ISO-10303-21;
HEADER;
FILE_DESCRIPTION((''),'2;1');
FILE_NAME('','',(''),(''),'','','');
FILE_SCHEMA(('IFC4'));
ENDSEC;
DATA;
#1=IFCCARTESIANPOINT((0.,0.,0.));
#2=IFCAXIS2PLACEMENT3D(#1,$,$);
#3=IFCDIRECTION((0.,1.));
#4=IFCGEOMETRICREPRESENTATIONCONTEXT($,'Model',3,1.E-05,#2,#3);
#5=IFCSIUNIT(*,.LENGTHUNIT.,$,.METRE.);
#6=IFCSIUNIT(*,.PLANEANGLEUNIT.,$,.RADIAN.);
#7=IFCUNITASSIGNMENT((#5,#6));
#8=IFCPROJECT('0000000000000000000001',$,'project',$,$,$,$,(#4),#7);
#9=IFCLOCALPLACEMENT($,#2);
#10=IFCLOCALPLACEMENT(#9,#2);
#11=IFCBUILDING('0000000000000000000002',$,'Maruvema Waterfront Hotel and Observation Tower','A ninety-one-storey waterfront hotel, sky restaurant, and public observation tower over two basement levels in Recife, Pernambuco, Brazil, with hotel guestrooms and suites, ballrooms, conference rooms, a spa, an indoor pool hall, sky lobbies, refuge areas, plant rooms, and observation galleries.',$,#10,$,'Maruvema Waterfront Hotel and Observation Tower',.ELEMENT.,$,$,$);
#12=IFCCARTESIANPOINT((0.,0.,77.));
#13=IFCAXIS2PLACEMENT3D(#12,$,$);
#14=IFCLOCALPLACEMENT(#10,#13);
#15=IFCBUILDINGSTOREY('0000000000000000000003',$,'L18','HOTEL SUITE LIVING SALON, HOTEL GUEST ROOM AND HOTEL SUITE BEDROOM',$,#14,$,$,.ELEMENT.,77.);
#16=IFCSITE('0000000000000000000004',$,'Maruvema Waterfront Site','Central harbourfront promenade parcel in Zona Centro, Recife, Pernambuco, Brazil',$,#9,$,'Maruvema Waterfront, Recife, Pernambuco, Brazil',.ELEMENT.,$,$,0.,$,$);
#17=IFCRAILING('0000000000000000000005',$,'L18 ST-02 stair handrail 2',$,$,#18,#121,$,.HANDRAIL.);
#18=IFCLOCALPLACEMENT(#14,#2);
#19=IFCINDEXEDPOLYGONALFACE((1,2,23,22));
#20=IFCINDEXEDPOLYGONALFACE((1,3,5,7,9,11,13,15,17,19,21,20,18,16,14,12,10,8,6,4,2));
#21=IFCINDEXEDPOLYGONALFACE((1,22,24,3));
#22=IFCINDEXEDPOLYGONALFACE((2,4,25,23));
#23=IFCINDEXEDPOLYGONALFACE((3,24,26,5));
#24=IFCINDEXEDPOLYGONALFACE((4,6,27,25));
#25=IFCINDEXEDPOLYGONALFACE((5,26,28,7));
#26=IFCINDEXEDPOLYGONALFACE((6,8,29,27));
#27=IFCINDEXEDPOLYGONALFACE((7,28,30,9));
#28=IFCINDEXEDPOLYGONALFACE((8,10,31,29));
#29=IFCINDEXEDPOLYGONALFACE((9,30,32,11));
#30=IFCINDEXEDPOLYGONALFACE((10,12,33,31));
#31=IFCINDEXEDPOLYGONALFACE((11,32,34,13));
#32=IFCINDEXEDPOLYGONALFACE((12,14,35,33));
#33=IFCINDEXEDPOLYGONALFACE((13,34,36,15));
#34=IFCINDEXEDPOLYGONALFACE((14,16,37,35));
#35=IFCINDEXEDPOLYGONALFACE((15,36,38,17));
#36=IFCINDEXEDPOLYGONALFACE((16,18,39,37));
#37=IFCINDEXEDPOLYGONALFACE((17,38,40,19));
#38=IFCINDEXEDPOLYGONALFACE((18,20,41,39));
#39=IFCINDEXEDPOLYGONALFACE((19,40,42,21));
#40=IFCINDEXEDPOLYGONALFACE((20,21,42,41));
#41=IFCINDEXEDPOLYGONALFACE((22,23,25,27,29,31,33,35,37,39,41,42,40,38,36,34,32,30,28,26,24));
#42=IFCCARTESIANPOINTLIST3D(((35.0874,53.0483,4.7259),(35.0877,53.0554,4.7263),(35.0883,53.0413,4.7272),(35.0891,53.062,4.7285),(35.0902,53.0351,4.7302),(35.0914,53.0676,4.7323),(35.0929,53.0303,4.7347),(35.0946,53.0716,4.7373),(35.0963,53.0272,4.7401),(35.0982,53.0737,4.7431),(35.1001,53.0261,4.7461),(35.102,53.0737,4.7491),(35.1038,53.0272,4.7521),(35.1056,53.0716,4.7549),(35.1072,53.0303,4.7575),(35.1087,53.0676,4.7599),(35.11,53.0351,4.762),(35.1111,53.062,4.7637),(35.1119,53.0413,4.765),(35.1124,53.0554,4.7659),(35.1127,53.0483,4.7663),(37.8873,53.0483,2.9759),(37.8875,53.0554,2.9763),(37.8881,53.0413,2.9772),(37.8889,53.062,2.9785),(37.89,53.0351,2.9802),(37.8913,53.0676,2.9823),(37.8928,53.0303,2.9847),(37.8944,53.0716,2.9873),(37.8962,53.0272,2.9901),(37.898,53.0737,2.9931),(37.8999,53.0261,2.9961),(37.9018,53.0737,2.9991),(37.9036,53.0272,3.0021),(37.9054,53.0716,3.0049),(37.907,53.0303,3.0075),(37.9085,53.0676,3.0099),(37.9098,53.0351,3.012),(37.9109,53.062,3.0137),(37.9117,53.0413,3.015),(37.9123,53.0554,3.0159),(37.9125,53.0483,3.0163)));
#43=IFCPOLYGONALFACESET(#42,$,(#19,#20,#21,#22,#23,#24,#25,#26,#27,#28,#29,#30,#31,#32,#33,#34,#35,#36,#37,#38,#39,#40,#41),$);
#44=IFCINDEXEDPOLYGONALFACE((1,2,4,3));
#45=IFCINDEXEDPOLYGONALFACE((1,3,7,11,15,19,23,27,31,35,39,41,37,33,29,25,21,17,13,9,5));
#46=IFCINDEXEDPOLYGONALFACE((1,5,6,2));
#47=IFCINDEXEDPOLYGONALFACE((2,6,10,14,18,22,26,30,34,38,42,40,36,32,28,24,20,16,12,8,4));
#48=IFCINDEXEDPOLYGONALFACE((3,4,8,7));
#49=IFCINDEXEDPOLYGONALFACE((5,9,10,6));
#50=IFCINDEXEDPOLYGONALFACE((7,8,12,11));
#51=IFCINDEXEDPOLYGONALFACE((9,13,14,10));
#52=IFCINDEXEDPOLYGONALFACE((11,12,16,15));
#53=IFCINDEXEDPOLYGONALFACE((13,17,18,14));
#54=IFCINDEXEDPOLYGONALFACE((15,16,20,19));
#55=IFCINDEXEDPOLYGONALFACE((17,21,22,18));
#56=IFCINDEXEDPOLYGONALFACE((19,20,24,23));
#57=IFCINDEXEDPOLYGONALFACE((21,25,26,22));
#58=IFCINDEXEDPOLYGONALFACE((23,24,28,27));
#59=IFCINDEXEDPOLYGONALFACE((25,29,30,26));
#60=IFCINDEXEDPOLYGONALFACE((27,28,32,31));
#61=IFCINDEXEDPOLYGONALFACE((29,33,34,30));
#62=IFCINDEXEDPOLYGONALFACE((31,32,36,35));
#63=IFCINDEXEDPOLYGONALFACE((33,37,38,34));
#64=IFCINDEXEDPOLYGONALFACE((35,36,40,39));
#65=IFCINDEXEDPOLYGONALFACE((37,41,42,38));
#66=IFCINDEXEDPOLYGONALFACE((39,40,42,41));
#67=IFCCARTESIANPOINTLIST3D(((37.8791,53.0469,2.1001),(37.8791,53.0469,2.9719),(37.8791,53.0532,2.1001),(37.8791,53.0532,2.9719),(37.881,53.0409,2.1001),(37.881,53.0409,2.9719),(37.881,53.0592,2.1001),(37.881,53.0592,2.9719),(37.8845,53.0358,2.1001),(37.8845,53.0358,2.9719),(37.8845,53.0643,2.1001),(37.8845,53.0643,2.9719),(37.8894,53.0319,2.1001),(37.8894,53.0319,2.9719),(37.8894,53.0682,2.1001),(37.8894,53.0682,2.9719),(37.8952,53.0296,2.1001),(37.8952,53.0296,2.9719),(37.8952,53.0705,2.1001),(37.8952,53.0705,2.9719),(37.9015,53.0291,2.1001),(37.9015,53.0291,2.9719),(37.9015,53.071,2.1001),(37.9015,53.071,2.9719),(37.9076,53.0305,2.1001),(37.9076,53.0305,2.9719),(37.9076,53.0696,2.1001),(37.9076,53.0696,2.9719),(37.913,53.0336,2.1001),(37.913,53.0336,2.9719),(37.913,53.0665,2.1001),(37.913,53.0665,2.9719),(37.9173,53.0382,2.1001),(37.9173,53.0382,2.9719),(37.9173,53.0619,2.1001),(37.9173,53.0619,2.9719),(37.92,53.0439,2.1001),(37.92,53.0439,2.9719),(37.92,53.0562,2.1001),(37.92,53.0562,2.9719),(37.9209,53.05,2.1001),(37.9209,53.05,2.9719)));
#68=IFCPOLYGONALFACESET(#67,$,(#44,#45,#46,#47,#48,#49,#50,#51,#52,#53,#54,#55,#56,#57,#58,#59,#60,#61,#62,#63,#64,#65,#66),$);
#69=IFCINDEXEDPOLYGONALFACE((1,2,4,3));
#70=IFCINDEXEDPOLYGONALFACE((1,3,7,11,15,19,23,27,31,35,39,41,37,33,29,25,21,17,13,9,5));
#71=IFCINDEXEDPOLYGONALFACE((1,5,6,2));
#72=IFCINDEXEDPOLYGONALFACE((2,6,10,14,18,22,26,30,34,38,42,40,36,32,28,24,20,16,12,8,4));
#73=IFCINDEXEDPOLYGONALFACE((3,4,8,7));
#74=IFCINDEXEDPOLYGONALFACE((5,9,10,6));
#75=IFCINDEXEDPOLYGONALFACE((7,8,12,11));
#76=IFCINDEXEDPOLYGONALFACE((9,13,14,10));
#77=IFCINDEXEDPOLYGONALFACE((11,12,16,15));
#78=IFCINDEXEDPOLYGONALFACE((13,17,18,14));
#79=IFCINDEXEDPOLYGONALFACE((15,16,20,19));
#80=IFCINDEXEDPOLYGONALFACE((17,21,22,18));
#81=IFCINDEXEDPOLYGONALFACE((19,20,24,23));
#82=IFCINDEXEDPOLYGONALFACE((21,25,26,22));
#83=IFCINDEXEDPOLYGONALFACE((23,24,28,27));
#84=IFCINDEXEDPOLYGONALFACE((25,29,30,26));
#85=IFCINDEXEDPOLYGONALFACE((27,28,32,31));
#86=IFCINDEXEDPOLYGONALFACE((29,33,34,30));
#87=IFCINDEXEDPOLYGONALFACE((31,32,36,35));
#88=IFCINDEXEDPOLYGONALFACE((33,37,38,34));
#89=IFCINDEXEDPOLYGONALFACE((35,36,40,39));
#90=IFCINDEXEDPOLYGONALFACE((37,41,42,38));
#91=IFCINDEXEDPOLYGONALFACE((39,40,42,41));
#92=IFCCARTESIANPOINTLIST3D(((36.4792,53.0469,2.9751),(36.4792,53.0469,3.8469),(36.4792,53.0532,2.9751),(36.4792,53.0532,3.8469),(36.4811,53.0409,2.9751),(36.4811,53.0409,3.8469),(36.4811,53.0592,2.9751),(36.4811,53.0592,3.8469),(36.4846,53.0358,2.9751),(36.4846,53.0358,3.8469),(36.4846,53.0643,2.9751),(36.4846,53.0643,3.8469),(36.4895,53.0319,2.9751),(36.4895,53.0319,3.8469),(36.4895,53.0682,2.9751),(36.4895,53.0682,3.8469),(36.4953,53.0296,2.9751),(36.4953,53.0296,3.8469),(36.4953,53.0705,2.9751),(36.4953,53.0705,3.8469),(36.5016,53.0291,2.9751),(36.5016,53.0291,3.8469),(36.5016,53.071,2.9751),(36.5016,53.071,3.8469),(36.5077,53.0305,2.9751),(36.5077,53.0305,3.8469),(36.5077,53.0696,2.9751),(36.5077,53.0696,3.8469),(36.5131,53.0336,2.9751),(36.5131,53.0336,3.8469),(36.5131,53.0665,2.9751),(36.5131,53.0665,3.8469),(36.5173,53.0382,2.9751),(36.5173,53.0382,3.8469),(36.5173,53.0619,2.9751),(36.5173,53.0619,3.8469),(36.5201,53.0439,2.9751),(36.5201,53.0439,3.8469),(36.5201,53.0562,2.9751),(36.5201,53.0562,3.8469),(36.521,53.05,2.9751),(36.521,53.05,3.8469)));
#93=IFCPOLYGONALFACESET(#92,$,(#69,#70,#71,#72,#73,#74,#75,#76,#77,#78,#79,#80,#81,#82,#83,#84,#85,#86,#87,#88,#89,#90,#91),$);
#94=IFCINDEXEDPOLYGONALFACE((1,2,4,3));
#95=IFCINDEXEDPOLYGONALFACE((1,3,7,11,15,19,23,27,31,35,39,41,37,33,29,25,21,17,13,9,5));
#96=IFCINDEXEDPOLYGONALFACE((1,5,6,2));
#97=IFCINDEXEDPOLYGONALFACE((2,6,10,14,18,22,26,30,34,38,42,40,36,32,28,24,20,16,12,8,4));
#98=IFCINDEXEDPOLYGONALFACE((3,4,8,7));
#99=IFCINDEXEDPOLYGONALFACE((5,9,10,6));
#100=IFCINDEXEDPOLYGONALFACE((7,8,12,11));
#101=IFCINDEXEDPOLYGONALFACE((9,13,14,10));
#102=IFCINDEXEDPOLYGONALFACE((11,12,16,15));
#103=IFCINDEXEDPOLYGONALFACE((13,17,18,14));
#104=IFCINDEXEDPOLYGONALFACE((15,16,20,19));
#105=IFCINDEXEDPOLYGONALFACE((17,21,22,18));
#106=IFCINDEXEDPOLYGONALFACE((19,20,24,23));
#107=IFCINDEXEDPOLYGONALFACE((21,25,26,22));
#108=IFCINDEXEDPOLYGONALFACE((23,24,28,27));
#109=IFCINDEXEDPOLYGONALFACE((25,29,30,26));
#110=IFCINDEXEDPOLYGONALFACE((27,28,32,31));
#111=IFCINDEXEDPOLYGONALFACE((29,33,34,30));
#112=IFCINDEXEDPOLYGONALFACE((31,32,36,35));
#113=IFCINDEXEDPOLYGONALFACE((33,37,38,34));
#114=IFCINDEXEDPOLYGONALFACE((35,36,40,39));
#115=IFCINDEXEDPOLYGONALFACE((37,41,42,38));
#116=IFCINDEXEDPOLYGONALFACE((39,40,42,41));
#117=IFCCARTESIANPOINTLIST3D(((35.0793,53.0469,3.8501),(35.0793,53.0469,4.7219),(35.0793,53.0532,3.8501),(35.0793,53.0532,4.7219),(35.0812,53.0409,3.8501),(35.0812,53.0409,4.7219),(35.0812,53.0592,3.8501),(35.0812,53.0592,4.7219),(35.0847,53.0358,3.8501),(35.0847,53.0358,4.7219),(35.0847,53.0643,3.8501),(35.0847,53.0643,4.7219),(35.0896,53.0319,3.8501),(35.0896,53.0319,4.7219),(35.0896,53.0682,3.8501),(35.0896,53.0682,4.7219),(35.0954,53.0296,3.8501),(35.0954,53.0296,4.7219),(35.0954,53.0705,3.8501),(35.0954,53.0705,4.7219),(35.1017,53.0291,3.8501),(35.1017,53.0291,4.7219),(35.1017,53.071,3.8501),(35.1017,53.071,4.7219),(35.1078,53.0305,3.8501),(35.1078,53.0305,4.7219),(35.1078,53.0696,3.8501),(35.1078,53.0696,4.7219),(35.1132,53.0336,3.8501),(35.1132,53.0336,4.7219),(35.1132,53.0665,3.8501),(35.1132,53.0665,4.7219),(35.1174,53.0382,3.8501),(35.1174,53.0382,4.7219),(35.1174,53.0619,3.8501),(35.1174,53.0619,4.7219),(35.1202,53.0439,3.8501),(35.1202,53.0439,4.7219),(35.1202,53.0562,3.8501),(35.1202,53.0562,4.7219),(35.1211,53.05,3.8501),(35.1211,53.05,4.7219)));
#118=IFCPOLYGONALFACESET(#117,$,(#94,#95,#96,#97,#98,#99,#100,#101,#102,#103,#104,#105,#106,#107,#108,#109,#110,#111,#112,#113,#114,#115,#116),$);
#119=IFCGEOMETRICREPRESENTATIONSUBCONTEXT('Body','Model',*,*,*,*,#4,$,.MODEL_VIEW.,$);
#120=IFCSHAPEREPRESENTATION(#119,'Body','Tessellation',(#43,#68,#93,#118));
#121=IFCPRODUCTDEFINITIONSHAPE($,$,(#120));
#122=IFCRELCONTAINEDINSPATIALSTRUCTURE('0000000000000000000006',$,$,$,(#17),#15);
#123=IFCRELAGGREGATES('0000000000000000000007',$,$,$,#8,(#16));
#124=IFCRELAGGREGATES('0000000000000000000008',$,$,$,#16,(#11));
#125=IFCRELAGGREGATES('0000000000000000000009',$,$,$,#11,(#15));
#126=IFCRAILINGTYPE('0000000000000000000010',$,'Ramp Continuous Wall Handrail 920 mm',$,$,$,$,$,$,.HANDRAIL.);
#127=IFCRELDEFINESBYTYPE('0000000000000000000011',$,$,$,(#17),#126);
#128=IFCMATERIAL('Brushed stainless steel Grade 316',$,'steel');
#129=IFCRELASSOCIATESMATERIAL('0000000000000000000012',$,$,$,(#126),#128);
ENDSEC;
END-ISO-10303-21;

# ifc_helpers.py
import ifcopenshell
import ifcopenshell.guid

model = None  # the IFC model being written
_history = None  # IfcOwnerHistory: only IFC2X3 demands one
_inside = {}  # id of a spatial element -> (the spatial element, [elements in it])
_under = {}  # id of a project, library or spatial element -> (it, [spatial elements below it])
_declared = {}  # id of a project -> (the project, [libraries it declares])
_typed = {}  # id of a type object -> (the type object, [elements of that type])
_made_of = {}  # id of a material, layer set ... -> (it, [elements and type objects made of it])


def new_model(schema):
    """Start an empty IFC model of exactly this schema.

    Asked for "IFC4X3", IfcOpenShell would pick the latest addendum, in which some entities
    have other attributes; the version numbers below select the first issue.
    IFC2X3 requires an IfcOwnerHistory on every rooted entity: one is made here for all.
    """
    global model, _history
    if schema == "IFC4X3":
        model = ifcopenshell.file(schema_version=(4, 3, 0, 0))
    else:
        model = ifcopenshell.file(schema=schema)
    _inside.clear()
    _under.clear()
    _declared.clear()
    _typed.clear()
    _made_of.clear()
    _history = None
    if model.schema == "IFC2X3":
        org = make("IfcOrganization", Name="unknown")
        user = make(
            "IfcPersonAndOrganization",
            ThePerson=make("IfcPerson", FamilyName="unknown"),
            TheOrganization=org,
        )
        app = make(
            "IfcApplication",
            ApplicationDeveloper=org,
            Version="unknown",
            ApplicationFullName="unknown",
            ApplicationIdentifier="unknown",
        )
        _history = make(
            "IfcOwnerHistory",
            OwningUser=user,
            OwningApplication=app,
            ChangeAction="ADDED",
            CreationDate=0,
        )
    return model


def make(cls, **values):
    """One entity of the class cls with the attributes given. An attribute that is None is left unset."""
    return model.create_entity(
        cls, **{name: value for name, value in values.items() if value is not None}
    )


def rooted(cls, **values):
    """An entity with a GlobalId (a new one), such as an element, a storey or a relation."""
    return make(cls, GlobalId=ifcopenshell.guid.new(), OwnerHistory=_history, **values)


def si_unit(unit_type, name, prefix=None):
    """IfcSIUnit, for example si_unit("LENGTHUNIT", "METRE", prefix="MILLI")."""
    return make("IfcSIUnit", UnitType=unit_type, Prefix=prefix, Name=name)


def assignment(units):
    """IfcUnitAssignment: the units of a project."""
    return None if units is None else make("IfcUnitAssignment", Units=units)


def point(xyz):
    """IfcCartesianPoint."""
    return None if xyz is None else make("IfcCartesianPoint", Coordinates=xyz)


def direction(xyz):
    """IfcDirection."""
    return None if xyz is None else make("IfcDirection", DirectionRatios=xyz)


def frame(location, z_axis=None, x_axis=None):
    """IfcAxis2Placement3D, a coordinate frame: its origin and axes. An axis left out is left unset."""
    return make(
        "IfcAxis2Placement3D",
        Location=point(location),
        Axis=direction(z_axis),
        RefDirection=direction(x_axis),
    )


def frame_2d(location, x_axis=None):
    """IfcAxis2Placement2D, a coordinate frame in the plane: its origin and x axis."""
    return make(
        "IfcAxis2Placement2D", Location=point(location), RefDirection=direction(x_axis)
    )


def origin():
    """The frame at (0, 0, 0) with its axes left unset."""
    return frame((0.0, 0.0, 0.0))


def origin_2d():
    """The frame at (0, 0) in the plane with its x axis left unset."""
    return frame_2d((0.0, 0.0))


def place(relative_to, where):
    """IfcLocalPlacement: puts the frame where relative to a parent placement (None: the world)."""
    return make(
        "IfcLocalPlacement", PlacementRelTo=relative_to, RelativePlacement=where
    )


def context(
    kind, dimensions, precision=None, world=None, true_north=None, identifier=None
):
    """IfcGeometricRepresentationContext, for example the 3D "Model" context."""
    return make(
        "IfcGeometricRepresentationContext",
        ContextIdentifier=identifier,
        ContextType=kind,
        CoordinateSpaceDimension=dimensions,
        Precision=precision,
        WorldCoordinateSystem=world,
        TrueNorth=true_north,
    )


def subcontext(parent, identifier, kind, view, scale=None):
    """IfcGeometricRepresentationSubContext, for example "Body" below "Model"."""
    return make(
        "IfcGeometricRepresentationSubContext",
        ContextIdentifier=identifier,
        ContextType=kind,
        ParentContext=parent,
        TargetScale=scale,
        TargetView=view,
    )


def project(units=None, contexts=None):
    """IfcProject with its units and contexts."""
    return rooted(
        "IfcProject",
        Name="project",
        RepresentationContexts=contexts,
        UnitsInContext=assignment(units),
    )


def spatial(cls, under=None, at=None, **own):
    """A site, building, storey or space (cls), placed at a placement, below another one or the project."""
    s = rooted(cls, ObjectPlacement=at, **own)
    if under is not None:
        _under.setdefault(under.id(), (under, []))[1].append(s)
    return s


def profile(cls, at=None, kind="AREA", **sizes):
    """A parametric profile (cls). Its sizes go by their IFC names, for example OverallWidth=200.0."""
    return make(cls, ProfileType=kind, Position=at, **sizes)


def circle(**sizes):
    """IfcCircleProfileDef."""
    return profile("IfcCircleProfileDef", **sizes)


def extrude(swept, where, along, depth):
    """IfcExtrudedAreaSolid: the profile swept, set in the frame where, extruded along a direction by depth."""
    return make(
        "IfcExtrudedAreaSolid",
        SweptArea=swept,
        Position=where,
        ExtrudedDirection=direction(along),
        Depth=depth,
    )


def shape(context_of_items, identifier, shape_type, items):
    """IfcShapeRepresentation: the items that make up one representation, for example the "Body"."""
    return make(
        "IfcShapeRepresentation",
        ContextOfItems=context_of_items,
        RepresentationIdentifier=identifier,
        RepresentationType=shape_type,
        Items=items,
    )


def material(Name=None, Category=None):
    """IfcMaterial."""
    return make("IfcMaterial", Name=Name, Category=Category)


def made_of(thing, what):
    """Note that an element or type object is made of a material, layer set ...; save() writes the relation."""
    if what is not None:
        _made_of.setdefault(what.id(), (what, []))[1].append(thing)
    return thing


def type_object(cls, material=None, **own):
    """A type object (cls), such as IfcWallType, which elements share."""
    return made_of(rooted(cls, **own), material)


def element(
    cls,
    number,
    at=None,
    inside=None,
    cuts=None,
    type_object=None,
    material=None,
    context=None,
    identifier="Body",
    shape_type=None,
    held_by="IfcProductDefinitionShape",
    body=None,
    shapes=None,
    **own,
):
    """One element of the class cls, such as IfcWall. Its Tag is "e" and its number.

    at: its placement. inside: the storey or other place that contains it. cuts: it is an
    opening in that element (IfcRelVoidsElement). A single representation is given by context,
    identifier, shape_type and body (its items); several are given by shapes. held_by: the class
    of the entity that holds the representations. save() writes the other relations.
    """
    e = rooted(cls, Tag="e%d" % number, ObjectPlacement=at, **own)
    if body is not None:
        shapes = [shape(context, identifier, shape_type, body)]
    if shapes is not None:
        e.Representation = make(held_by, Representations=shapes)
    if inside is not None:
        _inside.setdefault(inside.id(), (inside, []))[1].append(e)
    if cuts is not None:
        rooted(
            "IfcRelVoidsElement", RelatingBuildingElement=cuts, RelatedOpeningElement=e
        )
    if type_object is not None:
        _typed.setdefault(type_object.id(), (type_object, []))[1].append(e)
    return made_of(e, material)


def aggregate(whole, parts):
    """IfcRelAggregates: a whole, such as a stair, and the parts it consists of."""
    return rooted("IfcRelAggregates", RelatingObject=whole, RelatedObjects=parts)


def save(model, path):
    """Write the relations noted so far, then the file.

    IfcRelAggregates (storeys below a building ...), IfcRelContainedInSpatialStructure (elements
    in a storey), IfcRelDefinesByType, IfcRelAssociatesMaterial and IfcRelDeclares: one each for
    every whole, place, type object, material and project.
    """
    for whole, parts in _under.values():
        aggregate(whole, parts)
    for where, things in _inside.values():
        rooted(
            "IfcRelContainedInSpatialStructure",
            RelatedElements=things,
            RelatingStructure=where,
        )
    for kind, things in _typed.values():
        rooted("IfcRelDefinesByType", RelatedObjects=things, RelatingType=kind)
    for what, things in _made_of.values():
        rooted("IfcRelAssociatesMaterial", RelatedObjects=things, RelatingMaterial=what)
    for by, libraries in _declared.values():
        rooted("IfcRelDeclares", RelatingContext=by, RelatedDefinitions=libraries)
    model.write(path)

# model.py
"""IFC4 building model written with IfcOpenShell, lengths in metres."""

from ifc_helpers import new_model, si_unit, direction, frame, origin, origin_2d, place, context, subcontext, project, spatial, circle, extrude, material, type_object, element, save


model = new_model("IFC4")

# Units and contexts
model_context = context("Model", 3, precision=1e-05, world=origin(), true_north=direction((0.0, 1.0)))
body_context = subcontext(model_context, "Body", "Model", "MODEL_VIEW")
ifc_project = project(units=[si_unit("LENGTHUNIT", "METRE"), si_unit("PLANEANGLEUNIT", "RADIAN")], contexts=[model_context])

# Site, building, storey
site_placement = place(None, origin())
site = spatial("IfcSite", under=ifc_project, at=site_placement, Name="Maruvema Waterfront Site", Description="Central harbourfront promenade parcel in Zona Centro, Recife, Pernambuco, Brazil", LongName="Maruvema Waterfront, Recife, Pernambuco, Brazil", CompositionType="ELEMENT", RefElevation=0.0)
building_placement = place(site_placement, origin())
building = spatial("IfcBuilding", under=site, at=building_placement, Name="Maruvema Waterfront Hotel and Observation Tower", Description="A ninety-one-storey waterfront hotel, sky restaurant, and public observation tower over two basement levels in Recife, Pernambuco, Brazil, with hotel guestrooms and suites, ballrooms, conference rooms, a spa, an indoor pool hall, sky lobbies, refuge areas, plant rooms, and observation galleries.", LongName="Maruvema Waterfront Hotel and Observation Tower", CompositionType="ELEMENT")
storey_placement = place(building_placement, frame((0.0, 0.0, 77.0)))
storey = spatial("IfcBuildingStorey", under=building, at=storey_placement, Name="L18", Description="HOTEL SUITE LIVING SALON, HOTEL GUEST ROOM AND HOTEL SUITE BEDROOM", CompositionType="ELEMENT", Elevation=77.0)

# Railing
ifc_material_1 = material(Name="Brushed stainless steel Grade 316", Category="steel")
railing_type_1 = type_object("IfcRailingType", Name="Ramp Continuous Wall Handrail 920 mm", PredefinedType="HANDRAIL", material=ifc_material_1)
railing_1_placement = place(storey_placement, frame((37.8999, 53.05, 2.1001)))
element("IfcRailing", 1, at=railing_1_placement, inside=storey, type_object=railing_type_1, Name="L18 ST-02 stair handrail 2", PredefinedType="HANDRAIL", context=body_context, shape_type="SweptSolid", body=[
    extrude(circle(Radius=0.0239, at=origin_2d()), frame((0.0, 0.0, 0.896), z_axis=(-0.847982, 0.0, 0.530026), x_axis=(0.0, -1.0, 0.0)), (0.0, 0.0, 1.0), 3.3018),
    extrude(circle(Radius=0.021, at=origin_2d()), origin(), (0.0, 0.0, 1.0), 0.8718),
    extrude(circle(Radius=0.021, at=origin_2d()), frame((-1.3999, 0.0, 0.875)), (0.0, 0.0, 1.0), 0.8718),
    extrude(circle(Radius=0.021, at=origin_2d()), frame((-2.7998, 0.0, 1.75)), (0.0, 0.0, 1.0), 0.8718),
])

save(model, "model.ifc")
